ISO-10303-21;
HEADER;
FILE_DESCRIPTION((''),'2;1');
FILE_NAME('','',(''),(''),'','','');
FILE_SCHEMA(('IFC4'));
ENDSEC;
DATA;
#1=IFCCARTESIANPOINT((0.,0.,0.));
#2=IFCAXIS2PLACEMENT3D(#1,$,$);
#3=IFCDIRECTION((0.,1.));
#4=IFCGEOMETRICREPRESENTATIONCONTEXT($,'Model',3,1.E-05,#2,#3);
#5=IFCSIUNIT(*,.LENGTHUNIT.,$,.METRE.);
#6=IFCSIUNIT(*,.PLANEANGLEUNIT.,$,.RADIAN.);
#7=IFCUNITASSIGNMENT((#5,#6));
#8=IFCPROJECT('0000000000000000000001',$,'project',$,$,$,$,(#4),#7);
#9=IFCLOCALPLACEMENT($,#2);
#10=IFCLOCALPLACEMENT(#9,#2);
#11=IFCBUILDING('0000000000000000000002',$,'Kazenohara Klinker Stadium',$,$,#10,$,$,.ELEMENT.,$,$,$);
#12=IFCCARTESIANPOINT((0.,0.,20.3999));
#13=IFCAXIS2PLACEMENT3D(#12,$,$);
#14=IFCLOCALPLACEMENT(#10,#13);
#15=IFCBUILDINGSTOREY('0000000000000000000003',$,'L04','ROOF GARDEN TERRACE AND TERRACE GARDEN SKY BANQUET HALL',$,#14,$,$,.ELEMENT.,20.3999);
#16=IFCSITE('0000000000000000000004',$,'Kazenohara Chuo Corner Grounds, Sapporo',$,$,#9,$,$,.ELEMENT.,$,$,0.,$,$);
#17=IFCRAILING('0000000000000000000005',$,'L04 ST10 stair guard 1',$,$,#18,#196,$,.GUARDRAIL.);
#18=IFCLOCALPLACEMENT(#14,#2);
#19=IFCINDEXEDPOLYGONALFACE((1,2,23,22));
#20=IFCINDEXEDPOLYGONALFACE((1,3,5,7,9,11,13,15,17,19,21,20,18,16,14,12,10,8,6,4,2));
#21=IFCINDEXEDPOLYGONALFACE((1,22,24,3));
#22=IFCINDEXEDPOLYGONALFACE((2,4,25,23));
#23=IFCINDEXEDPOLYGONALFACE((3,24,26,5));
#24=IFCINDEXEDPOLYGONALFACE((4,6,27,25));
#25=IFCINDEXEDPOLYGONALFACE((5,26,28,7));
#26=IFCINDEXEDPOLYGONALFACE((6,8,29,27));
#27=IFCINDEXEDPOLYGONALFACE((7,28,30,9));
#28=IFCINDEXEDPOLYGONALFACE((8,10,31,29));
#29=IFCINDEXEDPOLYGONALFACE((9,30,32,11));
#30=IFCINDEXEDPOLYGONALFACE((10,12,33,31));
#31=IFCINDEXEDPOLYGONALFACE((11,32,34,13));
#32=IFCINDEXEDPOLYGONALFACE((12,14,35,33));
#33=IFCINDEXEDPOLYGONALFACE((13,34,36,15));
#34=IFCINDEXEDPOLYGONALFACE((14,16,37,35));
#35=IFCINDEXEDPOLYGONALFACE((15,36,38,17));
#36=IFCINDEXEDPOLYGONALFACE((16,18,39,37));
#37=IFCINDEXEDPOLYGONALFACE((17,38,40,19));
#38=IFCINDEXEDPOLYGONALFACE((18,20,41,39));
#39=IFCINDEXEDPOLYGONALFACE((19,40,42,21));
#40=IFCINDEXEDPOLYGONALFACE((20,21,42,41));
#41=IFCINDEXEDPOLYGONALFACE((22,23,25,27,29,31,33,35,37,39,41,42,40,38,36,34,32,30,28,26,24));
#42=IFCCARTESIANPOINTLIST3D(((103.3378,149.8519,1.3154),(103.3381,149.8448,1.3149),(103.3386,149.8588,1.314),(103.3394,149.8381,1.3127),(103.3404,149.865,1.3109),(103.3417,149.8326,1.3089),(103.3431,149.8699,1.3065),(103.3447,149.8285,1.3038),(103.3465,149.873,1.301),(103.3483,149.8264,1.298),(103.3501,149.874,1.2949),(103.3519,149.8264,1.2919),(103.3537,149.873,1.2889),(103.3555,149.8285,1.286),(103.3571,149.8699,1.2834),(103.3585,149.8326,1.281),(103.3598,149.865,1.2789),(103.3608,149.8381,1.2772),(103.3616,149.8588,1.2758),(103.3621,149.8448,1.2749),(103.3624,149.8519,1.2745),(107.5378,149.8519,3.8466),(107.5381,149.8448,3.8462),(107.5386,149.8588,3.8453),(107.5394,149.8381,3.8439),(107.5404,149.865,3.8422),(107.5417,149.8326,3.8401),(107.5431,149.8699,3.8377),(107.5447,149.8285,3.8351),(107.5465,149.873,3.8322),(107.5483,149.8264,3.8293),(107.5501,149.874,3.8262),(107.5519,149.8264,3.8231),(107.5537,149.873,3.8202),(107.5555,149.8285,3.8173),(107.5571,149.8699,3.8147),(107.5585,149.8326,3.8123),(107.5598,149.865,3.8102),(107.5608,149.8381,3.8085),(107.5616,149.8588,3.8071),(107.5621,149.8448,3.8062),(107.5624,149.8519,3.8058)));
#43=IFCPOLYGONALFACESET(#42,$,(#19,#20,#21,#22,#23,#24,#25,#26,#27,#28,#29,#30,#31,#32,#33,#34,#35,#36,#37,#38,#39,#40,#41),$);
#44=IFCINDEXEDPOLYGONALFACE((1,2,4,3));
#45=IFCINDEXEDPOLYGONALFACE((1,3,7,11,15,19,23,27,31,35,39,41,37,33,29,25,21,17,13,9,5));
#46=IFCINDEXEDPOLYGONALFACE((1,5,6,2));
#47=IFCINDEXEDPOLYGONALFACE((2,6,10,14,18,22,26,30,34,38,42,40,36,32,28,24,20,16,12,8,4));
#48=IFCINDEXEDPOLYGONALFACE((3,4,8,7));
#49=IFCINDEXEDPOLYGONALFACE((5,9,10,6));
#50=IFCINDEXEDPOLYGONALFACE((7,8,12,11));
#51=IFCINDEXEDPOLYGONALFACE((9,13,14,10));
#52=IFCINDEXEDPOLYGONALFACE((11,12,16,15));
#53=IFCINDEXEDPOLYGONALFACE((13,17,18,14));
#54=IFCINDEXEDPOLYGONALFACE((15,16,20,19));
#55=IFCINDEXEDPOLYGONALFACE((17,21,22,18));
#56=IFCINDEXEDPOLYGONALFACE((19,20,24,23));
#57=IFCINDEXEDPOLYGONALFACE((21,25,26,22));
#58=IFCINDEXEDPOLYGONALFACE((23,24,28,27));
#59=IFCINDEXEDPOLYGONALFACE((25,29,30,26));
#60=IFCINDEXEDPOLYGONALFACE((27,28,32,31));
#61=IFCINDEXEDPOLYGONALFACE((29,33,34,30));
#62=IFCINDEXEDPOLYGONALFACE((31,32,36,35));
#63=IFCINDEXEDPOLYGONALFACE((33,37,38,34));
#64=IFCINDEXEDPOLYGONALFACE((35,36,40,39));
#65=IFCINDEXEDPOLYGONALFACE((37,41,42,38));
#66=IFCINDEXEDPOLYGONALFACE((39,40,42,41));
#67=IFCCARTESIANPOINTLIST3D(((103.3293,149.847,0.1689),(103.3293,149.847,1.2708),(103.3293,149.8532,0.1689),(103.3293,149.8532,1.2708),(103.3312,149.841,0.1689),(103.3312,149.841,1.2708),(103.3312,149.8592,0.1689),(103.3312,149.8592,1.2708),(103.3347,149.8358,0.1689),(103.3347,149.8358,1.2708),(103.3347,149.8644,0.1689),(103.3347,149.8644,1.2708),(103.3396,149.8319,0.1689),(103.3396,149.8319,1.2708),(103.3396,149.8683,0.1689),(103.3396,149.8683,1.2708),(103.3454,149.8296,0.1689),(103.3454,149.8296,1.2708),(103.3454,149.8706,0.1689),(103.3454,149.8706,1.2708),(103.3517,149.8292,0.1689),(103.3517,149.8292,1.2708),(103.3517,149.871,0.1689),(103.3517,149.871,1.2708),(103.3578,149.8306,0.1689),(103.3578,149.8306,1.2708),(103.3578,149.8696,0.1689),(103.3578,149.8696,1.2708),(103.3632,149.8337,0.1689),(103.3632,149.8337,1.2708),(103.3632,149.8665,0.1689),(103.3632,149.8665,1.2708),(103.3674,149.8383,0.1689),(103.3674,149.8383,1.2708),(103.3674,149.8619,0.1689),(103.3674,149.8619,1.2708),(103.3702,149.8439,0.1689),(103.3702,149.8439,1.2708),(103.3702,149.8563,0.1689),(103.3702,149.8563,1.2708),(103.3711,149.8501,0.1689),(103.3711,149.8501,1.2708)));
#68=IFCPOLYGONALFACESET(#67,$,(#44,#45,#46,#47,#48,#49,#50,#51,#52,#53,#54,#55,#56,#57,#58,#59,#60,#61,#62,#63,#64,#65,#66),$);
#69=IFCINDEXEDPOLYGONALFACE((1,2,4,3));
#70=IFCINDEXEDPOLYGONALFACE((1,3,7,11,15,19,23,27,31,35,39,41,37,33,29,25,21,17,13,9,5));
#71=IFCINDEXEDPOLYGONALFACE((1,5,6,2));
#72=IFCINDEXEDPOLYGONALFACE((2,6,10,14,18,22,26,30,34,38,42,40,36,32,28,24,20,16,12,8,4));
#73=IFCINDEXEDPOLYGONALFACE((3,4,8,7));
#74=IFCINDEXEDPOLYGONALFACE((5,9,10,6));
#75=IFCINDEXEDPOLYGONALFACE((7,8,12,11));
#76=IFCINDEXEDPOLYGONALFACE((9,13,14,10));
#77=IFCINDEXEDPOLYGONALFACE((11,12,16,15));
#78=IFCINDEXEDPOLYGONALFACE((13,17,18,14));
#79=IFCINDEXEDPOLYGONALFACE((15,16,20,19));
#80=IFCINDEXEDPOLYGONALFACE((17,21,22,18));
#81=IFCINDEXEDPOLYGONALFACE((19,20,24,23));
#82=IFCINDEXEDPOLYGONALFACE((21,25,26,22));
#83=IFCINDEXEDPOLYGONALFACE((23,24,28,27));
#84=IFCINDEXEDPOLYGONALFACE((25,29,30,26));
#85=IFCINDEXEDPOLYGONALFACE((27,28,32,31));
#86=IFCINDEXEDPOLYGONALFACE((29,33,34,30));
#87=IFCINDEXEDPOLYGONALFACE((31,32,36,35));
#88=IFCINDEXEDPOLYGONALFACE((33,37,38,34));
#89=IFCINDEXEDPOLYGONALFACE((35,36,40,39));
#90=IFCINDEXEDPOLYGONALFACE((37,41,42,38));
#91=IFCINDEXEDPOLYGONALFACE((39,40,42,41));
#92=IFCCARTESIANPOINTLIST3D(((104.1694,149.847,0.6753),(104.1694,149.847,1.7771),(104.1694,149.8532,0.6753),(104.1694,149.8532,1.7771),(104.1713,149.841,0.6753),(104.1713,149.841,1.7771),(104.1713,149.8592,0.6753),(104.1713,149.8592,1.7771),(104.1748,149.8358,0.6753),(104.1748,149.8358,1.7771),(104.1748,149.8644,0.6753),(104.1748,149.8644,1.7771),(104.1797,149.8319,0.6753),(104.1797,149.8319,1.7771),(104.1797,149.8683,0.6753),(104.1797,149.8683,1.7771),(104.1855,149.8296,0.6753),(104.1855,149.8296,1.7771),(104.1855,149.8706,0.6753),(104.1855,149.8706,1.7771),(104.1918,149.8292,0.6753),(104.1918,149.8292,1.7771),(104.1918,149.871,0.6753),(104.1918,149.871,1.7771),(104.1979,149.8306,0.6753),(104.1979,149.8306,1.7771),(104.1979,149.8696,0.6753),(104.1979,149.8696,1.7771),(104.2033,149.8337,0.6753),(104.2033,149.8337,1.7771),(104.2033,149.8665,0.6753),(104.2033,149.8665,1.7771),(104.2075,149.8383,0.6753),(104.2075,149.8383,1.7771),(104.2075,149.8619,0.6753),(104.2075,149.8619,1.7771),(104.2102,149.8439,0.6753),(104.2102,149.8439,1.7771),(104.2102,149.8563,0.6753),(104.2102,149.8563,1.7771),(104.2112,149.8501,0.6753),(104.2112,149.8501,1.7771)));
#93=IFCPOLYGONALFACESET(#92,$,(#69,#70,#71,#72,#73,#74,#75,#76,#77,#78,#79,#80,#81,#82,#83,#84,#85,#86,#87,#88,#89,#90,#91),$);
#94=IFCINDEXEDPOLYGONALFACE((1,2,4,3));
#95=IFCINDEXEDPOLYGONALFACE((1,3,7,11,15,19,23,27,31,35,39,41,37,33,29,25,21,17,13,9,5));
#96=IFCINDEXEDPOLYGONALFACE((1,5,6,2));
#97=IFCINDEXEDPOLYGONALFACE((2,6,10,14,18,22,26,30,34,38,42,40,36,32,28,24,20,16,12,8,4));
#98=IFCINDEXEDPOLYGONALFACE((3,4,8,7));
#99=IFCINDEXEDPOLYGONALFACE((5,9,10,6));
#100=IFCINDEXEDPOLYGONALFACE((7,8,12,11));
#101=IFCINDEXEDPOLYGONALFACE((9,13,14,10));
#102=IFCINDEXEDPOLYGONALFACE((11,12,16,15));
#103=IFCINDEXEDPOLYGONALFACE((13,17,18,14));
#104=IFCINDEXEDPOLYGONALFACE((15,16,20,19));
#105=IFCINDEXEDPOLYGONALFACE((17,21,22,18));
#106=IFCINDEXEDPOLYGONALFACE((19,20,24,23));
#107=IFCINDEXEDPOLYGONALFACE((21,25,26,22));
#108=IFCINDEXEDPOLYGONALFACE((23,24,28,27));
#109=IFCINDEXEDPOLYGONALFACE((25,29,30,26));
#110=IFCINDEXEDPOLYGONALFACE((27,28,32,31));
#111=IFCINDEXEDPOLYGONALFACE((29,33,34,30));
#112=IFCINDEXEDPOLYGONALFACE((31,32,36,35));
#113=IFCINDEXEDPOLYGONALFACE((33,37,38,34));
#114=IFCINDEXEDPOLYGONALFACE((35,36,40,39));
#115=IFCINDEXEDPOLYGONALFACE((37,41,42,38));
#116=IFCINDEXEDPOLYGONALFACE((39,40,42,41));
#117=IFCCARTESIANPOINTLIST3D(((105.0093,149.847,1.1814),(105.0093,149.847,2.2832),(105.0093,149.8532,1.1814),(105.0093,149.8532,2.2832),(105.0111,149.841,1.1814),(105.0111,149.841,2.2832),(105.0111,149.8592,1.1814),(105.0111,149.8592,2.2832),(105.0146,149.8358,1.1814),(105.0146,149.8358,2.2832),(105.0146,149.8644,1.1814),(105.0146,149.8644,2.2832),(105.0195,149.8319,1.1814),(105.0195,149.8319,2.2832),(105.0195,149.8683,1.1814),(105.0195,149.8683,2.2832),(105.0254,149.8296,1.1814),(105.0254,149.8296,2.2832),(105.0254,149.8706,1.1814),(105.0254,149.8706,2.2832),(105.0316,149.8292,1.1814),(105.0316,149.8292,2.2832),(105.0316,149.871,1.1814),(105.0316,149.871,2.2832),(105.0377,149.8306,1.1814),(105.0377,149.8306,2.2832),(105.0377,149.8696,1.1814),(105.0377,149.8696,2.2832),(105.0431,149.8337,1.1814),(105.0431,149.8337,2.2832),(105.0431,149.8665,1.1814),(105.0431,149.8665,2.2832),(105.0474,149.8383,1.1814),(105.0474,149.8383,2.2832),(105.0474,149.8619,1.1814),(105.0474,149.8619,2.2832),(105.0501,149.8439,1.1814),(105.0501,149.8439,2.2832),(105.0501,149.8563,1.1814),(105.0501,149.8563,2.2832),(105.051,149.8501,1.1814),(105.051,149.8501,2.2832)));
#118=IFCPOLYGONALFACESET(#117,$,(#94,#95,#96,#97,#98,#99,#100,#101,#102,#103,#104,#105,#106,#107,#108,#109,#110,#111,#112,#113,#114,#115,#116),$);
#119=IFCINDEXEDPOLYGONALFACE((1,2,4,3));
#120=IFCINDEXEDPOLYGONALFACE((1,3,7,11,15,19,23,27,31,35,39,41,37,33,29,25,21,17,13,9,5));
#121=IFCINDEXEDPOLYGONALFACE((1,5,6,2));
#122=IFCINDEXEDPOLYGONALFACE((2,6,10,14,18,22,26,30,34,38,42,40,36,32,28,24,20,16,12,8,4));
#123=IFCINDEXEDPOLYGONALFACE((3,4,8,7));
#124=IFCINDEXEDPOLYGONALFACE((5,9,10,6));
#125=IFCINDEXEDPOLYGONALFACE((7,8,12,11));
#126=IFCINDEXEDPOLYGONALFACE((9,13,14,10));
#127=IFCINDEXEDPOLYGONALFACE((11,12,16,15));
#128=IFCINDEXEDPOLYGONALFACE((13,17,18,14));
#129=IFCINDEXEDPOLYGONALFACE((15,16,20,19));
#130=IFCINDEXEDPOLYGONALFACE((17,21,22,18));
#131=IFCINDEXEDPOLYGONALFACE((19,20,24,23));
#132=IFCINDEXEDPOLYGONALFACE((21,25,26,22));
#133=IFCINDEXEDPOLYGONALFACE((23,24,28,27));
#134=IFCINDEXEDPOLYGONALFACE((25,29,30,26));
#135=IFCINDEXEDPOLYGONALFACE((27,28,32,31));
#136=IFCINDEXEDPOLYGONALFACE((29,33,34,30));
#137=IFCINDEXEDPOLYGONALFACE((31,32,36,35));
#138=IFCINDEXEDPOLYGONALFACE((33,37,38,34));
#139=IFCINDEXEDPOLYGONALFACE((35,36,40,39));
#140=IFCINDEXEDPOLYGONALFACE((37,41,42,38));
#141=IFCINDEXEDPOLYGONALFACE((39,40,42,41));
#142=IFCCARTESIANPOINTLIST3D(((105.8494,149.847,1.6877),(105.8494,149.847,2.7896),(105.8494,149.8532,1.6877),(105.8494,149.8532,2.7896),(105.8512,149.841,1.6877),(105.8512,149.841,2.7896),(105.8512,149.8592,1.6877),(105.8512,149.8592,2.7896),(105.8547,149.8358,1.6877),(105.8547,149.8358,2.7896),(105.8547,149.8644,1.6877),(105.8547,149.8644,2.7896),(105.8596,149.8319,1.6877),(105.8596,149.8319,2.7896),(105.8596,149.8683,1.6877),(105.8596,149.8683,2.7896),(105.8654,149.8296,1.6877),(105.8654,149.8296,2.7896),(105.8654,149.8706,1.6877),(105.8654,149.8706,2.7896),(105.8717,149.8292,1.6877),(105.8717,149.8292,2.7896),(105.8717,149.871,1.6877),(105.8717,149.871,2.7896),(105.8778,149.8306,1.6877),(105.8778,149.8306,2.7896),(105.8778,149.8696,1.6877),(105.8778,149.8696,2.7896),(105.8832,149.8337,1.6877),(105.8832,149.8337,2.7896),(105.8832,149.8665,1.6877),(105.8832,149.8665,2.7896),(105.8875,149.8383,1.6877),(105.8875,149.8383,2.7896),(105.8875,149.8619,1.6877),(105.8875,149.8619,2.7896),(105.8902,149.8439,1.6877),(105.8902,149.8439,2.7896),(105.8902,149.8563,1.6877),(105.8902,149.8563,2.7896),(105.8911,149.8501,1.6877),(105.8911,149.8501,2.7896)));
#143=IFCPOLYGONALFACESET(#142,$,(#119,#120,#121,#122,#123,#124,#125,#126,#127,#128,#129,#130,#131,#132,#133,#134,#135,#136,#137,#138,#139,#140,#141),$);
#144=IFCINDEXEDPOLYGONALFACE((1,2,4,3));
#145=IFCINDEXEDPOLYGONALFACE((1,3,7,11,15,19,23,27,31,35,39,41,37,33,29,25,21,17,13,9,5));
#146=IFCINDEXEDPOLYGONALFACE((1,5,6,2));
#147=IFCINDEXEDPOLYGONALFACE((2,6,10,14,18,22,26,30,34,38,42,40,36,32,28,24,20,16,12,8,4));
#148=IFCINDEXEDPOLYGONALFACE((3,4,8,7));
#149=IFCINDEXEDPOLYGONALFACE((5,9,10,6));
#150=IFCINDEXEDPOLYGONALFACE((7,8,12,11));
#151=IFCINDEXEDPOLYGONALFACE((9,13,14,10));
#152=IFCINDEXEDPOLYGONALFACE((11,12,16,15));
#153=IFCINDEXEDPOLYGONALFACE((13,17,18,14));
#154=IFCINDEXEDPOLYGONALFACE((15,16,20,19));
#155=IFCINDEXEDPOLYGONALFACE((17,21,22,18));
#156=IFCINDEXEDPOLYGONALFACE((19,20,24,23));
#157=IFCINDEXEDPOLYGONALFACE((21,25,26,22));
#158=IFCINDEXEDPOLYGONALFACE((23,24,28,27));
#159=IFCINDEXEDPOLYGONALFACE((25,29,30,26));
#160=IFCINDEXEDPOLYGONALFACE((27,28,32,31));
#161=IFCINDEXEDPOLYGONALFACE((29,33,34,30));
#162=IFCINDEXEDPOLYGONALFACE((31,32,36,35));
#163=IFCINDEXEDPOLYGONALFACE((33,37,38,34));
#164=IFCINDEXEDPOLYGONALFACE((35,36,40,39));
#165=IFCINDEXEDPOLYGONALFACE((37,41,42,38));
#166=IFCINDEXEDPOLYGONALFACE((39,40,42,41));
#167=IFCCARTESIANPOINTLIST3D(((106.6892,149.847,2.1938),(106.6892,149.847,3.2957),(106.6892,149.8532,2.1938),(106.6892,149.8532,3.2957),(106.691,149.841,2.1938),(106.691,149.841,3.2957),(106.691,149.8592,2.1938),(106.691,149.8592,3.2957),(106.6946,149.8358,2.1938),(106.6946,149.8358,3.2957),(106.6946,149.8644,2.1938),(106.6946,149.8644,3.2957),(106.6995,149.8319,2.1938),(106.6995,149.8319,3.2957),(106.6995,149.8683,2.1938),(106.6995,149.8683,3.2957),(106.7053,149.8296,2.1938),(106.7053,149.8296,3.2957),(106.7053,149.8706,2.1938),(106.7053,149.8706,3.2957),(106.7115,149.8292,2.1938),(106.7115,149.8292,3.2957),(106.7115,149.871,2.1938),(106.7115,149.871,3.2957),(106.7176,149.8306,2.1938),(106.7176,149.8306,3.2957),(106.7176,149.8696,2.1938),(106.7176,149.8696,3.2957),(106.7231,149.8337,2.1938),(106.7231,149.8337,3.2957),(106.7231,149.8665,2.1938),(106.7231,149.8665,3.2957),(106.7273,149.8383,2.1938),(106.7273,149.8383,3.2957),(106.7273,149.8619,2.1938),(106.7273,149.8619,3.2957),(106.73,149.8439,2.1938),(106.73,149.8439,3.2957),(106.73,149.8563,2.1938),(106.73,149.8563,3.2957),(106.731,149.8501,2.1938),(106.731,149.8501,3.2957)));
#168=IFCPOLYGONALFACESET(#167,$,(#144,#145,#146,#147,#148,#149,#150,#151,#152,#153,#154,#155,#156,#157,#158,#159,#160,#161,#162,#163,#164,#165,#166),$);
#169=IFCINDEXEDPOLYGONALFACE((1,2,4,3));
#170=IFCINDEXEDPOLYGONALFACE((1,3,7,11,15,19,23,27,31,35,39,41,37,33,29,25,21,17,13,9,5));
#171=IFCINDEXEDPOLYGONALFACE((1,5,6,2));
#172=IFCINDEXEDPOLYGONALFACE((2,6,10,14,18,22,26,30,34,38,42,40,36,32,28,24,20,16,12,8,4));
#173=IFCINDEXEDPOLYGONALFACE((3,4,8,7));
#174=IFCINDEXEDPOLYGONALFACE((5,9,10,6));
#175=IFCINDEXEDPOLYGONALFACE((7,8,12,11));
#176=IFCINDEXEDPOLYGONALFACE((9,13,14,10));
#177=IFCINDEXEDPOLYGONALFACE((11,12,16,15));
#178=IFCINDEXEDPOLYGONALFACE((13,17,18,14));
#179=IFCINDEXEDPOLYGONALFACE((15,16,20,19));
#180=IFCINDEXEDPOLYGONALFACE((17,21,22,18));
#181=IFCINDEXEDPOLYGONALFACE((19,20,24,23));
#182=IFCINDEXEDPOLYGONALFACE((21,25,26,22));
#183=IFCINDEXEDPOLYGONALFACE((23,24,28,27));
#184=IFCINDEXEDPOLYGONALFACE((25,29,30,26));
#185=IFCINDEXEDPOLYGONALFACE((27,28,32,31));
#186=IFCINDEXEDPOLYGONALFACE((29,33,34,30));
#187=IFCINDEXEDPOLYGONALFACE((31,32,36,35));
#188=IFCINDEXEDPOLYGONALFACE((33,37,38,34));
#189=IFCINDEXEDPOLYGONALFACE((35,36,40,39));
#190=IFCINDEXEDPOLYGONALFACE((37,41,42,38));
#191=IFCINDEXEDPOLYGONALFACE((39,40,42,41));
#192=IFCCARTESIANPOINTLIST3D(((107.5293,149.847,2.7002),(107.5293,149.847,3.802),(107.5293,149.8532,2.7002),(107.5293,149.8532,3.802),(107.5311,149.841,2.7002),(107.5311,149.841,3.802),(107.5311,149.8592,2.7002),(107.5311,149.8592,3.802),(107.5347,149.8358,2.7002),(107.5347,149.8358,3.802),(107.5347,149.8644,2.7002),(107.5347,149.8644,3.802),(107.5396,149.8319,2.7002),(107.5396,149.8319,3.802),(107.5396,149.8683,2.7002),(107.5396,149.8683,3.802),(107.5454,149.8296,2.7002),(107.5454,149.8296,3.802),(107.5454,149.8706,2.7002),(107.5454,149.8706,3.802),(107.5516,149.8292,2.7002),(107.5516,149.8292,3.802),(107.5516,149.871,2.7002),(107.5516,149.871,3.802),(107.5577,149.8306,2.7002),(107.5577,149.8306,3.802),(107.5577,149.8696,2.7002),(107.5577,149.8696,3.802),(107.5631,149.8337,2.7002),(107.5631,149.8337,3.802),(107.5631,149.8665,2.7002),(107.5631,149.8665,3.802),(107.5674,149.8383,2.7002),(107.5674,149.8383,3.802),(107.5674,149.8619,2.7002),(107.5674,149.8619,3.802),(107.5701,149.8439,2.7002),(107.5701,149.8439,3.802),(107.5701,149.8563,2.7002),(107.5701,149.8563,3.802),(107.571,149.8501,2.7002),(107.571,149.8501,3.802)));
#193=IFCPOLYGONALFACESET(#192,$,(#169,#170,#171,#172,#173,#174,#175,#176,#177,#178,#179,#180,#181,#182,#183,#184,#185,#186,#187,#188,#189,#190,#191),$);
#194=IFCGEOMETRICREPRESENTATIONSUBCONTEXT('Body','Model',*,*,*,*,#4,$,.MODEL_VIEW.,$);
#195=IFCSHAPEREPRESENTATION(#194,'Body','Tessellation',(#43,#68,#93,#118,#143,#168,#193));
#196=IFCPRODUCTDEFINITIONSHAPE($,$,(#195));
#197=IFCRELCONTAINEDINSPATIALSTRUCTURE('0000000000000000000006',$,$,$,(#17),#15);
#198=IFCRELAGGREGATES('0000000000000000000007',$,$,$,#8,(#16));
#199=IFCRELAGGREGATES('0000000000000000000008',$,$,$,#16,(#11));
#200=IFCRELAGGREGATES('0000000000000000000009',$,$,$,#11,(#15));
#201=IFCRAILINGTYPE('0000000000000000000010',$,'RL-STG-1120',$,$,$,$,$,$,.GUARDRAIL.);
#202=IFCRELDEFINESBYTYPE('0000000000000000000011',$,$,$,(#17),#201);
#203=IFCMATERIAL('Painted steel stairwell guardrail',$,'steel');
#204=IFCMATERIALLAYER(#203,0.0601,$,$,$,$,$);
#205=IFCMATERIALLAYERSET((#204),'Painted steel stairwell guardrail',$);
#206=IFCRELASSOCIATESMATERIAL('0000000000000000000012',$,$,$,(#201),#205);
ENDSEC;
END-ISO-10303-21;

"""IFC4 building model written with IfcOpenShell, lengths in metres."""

from ifc_helpers import new_model, si_unit, direction, frame, origin, origin_2d, place, context, subcontext, project, spatial, circle, extrude, material, layer, layer_set, type_object, element, save


model = new_model("IFC4")

# Units and contexts
model_context = context("Model", 3, precision=1e-05, world=origin(), true_north=direction((0.0, 1.0)))
body_context = subcontext(model_context, "Body", "Model", "MODEL_VIEW")
ifc_project = project(units=[si_unit("LENGTHUNIT", "METRE"), si_unit("PLANEANGLEUNIT", "RADIAN")], contexts=[model_context])

# Site, building, storey
site_placement = place(None, origin())
site = spatial("IfcSite", under=ifc_project, at=site_placement, Name="Kazenohara Chuo Corner Grounds, Sapporo", CompositionType="ELEMENT", RefElevation=0.0)
building_placement = place(site_placement, origin())
building = spatial("IfcBuilding", under=site, at=building_placement, Name="Kazenohara Klinker Stadium", CompositionType="ELEMENT")
storey_placement = place(building_placement, frame((0.0, 0.0, 20.3999)))
storey = spatial("IfcBuildingStorey", under=building, at=storey_placement, Name="L04", Description="ROOF GARDEN TERRACE AND TERRACE GARDEN SKY BANQUET HALL", CompositionType="ELEMENT", Elevation=20.3999)

# Railing
ifc_material_1 = material(Name="Painted steel stairwell guardrail", Category="steel")
ifc_layer_1 = layer(ifc_material_1, 0.0601)
ifc_layer_set_1 = layer_set([ifc_layer_1], Name="Painted steel stairwell guardrail")
railing_type_1 = type_object("IfcRailingType", Name="RL-STG-1120", PredefinedType="GUARDRAIL", material=ifc_layer_set_1)
railing_1_placement = place(storey_placement, frame((103.3501, 149.8501, 0.1689)))
element("IfcRailing", 1, at=railing_1_placement, inside=storey, type_object=railing_type_1, Name="L04 ST10 stair guard 1", PredefinedType="GUARDRAIL", context=body_context, shape_type="SweptSolid", body=[
    extrude(circle(Radius=0.0239, at=origin_2d()), frame((0.0, 0.0, 1.126), z_axis=(0.856476, 0.0, 0.516186), x_axis=(0.0, 1.0, 0.0)), (0.0, 0.0, 1.0), 4.9038),
    extrude(circle(Radius=0.021, at=origin_2d()), origin(), (0.0, 0.0, 1.0), 1.1018),
    extrude(circle(Radius=0.021, at=origin_2d()), frame((0.8401, 0.0, 0.5063)), (0.0, 0.0, 1.0), 1.1018),
    extrude(circle(Radius=0.021, at=origin_2d()), frame((1.6799, 0.0, 1.0125)), (0.0, 0.0, 1.0), 1.1018),
    extrude(circle(Radius=0.021, at=origin_2d()), frame((2.52, 0.0, 1.5188)), (0.0, 0.0, 1.0), 1.1018),
    extrude(circle(Radius=0.021, at=origin_2d()), frame((3.3599, 0.0, 2.0249)), (0.0, 0.0, 1.0), 1.1018),
    extrude(circle(Radius=0.021, at=origin_2d()), frame((4.2, 0.0, 2.5312)), (0.0, 0.0, 1.0), 1.1018),
])

save(model, "model.ifc")
